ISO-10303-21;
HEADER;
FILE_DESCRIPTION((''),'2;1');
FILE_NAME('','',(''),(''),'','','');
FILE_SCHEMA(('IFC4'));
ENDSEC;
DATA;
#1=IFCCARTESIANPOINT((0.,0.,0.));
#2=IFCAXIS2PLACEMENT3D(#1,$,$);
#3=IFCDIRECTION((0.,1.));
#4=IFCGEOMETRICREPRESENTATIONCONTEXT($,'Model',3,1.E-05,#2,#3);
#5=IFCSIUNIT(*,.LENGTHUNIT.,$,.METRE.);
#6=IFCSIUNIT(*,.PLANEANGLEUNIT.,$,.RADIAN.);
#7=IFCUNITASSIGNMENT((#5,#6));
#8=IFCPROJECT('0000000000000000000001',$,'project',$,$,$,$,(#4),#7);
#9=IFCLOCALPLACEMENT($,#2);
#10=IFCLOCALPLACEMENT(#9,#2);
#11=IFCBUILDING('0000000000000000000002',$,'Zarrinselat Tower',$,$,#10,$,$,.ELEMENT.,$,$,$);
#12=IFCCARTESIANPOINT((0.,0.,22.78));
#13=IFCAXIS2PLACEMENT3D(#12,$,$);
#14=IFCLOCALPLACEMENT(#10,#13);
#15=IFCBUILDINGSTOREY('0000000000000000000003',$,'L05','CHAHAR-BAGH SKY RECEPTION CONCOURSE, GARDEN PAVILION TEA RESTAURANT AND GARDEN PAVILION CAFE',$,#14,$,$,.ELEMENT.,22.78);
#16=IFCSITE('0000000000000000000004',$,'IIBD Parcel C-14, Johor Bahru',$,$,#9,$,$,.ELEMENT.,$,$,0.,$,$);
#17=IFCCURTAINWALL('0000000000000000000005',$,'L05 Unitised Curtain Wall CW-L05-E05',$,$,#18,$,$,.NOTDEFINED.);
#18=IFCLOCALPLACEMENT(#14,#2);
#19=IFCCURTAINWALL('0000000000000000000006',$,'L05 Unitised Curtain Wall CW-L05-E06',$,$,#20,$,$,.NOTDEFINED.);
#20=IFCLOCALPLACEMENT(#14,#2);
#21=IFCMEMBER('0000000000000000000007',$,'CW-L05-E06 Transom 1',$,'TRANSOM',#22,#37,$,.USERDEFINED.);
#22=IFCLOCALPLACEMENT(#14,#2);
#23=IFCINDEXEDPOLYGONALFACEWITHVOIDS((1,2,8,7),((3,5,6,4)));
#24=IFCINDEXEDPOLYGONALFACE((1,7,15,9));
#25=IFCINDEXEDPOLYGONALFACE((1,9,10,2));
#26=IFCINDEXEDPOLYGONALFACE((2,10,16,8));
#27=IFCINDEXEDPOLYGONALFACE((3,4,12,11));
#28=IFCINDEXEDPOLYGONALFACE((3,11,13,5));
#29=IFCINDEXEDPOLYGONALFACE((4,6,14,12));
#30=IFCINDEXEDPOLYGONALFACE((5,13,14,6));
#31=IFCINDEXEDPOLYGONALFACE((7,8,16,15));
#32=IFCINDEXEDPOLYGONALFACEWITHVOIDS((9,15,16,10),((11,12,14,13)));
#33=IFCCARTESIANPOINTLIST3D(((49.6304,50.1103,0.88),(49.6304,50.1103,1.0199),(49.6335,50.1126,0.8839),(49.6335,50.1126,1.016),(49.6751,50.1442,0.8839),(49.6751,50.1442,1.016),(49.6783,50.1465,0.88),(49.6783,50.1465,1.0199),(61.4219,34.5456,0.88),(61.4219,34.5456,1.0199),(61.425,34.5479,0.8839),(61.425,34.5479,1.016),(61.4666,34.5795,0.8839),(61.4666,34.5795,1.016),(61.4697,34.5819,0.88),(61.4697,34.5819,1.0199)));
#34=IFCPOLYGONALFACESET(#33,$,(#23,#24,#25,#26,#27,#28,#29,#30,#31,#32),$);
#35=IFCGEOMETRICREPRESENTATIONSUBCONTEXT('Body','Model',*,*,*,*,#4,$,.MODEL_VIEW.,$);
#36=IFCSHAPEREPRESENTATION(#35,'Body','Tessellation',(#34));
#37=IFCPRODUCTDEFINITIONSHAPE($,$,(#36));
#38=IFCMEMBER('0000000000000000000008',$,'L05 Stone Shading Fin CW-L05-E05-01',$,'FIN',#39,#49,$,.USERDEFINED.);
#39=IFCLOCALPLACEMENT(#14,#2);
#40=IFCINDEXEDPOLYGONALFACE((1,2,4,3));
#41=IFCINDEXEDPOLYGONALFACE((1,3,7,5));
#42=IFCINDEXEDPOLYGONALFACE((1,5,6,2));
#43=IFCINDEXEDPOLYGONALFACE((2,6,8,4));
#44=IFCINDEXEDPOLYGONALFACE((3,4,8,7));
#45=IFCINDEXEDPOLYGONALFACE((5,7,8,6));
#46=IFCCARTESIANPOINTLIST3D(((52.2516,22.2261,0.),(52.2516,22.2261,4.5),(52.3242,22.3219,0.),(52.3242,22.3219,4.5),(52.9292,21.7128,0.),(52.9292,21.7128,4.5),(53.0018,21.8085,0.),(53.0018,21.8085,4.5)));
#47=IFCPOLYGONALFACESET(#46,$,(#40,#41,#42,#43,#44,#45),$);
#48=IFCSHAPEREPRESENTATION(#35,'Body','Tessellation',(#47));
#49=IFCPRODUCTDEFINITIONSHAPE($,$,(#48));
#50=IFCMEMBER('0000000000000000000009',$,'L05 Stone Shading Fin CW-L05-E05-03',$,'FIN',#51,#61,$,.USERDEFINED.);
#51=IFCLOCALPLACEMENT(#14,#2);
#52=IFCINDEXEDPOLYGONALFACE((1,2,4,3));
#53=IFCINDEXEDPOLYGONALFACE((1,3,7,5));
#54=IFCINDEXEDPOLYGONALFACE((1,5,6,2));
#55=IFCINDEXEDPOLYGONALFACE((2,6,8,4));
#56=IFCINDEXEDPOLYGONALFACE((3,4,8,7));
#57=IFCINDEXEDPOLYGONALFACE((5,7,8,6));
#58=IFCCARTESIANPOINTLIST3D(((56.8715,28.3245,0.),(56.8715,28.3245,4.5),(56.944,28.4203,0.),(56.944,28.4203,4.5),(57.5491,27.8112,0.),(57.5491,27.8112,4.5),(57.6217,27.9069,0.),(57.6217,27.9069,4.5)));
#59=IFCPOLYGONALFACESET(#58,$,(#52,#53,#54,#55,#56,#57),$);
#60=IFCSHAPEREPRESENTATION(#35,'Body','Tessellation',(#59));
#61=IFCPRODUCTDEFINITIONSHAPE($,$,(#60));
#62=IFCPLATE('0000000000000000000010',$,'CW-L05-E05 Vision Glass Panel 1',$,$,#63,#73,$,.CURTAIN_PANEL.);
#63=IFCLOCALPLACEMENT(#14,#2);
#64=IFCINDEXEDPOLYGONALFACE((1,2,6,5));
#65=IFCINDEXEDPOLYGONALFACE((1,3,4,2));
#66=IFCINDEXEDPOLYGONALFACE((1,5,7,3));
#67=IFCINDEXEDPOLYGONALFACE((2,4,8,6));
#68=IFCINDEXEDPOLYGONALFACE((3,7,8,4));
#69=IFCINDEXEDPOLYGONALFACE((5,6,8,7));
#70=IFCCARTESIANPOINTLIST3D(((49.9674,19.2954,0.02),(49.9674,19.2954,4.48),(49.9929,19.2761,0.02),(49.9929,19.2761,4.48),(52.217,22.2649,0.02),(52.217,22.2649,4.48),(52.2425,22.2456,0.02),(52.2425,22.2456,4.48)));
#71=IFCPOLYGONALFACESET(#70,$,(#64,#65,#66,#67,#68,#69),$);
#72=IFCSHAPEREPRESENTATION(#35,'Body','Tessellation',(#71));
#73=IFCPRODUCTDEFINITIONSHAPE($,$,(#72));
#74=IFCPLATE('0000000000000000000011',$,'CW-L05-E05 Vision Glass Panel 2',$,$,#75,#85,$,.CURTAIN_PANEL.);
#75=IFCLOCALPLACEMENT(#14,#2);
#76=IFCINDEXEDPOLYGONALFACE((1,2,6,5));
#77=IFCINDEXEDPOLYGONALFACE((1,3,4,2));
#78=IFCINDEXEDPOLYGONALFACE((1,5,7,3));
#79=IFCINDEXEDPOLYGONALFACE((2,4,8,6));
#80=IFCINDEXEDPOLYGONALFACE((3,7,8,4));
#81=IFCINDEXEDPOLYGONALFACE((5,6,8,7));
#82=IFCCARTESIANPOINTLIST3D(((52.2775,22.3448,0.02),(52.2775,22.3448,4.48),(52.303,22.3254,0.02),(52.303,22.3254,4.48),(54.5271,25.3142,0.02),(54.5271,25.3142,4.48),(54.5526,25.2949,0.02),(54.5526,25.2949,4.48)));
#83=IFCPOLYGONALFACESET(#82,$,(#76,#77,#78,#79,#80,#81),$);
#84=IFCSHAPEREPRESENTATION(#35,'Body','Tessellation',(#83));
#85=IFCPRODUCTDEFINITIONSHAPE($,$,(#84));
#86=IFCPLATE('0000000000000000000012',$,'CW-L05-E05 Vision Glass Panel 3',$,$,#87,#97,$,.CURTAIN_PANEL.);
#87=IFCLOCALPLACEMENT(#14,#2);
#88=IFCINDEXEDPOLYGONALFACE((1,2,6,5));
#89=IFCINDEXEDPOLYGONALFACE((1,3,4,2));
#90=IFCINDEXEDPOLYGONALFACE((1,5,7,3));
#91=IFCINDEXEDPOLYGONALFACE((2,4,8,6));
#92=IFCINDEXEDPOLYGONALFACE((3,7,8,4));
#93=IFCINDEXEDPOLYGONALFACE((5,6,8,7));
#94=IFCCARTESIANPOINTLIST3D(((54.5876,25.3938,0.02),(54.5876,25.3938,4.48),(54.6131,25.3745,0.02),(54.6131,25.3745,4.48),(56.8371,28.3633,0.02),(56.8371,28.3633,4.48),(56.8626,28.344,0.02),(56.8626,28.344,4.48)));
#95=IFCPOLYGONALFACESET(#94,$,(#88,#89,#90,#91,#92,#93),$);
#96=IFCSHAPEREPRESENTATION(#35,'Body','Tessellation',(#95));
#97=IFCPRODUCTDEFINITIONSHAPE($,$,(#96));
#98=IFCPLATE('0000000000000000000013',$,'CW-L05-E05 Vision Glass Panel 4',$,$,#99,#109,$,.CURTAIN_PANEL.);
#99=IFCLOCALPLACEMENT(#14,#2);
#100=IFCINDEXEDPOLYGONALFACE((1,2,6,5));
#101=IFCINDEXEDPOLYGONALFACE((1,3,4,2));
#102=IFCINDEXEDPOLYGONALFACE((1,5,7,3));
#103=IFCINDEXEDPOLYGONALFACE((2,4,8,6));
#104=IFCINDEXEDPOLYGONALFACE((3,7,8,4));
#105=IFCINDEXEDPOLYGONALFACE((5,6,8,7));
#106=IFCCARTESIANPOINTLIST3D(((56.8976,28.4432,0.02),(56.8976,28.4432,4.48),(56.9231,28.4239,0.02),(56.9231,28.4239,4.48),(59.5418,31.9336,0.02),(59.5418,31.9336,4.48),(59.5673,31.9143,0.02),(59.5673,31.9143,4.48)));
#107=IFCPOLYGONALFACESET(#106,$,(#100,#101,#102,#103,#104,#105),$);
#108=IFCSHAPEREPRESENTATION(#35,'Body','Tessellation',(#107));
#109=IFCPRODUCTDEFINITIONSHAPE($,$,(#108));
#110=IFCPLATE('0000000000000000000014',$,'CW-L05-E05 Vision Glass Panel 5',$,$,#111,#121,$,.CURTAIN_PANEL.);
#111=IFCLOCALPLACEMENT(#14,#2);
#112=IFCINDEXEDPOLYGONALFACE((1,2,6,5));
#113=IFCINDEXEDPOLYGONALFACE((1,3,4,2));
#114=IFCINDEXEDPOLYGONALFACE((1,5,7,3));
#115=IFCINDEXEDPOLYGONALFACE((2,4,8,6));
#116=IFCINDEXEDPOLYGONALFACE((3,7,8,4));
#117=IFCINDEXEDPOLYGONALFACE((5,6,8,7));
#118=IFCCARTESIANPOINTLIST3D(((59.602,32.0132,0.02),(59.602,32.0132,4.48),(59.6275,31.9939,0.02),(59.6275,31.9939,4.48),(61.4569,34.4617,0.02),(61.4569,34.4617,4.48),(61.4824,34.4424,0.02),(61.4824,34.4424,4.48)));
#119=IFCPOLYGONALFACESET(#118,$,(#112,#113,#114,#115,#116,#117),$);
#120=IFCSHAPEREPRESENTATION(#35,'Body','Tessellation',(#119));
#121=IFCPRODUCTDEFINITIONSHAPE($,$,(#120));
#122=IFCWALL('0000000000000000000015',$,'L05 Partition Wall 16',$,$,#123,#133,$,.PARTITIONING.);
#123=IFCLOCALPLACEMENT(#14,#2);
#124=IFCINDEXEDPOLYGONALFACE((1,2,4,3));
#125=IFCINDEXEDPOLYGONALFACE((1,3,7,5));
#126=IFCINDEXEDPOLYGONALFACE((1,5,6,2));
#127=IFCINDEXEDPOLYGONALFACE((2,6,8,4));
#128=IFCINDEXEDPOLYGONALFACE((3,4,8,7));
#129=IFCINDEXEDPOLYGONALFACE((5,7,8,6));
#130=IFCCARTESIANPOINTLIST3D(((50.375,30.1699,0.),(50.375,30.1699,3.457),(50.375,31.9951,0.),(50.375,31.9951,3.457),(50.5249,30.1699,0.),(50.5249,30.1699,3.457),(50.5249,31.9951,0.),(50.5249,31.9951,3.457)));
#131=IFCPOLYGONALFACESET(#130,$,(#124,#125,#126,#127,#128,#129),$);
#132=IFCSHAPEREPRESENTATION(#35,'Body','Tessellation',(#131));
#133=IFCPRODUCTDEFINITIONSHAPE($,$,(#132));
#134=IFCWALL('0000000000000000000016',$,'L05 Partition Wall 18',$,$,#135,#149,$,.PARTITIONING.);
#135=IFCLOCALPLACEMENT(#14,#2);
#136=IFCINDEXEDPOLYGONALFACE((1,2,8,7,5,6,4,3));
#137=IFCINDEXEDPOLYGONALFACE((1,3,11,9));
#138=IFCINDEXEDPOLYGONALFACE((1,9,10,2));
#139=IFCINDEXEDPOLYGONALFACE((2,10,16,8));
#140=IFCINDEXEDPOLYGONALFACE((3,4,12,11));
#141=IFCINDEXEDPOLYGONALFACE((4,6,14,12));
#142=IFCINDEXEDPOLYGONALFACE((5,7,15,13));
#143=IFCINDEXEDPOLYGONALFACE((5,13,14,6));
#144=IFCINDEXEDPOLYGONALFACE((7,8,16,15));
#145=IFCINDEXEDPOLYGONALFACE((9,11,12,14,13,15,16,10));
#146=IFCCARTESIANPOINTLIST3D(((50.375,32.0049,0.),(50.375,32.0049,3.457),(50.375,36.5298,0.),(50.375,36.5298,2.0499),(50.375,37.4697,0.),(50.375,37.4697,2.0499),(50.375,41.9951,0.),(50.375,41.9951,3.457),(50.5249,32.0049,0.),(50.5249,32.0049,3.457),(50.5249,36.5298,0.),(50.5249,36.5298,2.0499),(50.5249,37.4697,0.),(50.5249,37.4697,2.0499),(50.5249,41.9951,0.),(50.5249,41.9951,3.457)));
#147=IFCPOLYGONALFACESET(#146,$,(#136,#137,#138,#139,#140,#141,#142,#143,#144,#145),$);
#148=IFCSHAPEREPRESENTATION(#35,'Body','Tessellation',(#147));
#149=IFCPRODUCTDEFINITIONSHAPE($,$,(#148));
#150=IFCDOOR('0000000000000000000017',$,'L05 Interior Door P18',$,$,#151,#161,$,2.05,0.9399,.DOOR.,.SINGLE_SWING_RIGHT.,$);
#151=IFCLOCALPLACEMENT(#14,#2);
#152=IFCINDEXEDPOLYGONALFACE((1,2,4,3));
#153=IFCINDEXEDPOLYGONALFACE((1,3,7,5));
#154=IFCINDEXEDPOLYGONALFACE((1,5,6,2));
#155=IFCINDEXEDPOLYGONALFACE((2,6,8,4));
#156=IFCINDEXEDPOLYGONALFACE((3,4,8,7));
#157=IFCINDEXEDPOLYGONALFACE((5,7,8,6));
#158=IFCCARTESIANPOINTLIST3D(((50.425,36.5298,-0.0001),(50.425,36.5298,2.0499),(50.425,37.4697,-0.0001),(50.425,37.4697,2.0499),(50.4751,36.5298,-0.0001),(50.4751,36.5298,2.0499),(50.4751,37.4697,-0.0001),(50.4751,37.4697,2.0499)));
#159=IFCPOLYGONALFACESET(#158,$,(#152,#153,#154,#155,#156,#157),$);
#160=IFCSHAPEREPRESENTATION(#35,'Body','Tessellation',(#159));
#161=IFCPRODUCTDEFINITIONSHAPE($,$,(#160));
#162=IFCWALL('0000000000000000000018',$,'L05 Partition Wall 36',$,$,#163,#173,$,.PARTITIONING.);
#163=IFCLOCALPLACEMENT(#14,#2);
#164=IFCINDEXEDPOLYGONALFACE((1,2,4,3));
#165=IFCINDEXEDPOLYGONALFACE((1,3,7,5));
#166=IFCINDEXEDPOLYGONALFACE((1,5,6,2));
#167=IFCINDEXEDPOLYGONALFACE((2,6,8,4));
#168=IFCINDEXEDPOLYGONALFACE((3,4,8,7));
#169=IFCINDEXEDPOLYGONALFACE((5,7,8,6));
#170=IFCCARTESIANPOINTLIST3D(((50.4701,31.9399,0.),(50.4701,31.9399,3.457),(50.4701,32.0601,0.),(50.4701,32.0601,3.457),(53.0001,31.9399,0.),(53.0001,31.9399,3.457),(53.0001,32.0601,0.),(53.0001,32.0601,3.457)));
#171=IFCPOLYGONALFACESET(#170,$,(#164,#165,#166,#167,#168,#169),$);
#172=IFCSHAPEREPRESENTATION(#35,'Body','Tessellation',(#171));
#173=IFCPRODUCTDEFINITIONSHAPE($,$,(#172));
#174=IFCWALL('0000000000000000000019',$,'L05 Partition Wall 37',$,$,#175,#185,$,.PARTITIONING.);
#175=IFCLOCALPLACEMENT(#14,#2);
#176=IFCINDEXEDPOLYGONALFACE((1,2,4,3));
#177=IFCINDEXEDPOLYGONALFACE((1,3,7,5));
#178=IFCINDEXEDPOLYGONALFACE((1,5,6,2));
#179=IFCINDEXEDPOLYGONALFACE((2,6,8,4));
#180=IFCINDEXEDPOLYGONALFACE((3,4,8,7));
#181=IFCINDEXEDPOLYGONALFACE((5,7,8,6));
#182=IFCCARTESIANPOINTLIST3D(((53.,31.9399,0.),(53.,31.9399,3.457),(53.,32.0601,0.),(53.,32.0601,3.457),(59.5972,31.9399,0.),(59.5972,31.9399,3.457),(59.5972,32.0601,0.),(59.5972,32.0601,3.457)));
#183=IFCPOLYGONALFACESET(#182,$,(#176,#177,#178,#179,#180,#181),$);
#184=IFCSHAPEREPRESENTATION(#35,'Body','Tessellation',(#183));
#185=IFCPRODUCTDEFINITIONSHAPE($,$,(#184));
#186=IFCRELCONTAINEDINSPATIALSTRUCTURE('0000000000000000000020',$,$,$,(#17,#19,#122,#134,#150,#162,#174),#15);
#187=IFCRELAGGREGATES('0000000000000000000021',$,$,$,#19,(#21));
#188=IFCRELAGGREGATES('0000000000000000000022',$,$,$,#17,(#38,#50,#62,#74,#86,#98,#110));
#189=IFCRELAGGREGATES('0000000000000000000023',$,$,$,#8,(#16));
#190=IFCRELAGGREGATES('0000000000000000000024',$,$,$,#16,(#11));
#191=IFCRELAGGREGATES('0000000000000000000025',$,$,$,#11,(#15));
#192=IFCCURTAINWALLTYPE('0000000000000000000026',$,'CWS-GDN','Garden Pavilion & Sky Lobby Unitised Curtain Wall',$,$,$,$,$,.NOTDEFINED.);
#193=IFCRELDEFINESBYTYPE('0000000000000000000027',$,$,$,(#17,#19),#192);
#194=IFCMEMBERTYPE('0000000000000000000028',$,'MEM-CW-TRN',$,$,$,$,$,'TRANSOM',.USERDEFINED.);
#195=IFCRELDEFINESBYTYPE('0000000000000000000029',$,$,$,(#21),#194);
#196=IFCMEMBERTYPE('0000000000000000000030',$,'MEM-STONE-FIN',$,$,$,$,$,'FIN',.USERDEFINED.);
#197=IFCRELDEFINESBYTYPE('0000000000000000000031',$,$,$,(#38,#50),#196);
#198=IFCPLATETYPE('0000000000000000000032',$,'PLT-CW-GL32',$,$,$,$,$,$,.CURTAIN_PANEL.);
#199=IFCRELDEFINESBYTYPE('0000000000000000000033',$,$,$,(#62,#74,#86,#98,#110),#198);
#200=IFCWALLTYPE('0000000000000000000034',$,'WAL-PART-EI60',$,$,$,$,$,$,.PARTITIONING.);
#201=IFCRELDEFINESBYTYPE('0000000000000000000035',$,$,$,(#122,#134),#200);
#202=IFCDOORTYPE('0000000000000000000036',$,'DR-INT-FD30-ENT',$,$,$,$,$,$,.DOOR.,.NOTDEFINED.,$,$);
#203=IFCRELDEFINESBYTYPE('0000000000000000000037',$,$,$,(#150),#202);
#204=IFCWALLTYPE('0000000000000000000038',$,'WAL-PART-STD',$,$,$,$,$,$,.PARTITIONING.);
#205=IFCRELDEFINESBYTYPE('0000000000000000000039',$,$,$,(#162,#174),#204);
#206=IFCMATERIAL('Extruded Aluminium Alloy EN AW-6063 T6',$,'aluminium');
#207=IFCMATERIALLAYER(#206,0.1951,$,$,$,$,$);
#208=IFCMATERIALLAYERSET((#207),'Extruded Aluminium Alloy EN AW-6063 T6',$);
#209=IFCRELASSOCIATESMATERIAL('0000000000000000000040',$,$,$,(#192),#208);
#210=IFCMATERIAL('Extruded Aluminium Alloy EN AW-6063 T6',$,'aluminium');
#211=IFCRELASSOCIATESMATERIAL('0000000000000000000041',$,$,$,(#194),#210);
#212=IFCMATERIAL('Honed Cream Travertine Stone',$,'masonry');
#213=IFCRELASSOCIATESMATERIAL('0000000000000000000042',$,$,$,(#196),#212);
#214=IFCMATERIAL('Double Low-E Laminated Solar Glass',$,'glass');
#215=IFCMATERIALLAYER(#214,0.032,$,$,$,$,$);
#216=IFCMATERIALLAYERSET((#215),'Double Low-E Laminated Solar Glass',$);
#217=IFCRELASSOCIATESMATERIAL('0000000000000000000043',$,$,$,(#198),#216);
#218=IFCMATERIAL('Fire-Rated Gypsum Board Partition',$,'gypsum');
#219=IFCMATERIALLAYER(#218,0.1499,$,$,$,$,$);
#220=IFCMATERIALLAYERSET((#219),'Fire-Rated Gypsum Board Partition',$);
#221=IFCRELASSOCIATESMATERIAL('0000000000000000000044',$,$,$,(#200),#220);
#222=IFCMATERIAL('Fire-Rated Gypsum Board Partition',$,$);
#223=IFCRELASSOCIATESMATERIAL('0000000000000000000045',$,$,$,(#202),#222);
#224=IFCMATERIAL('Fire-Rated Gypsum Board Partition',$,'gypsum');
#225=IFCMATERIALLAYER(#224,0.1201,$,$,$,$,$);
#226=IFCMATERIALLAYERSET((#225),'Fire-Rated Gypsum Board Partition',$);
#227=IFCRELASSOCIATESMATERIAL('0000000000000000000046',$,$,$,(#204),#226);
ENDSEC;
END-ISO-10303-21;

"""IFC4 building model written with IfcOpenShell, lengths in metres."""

from ifc_helpers import new_model, si_unit, direction, frame, frame_2d, origin, origin_2d, place, context, subcontext, project, spatial, rectangle, hollow_rectangle, extrude, material, layer, layer_set, material_profile, profile_set, type_object, element, fill, aggregate, save


model = new_model("IFC4")

# Units and contexts
model_context = context("Model", 3, precision=1e-05, world=origin(), true_north=direction((0.0, 1.0)))
body_context = subcontext(model_context, "Body", "Model", "MODEL_VIEW")
ifc_project = project(units=[si_unit("LENGTHUNIT", "METRE"), si_unit("PLANEANGLEUNIT", "RADIAN")], contexts=[model_context])

# Site, building, storey
site_placement = place(None, origin())
site = spatial("IfcSite", under=ifc_project, at=site_placement, Name="IIBD Parcel C-14, Johor Bahru", CompositionType="ELEMENT", RefElevation=0.0)
building_placement = place(site_placement, origin())
building = spatial("IfcBuilding", under=site, at=building_placement, Name="Zarrinselat Tower", CompositionType="ELEMENT")
storey_placement = place(building_placement, frame((0.0, 0.0, 22.78)))
storey = spatial("IfcBuildingStorey", under=building, at=storey_placement, Name="L05", Description="CHAHAR-BAGH SKY RECEPTION CONCOURSE, GARDEN PAVILION TEA RESTAURANT AND GARDEN PAVILION CAFE", CompositionType="ELEMENT", Elevation=22.78)

# Shared definitions
ifc_material_1 = material(Name="Extruded Aluminium Alloy EN AW-6063 T6", Category="aluminium")
ifc_layer_1 = layer(ifc_material_1, 0.1951)
ifc_layer_set_1 = layer_set([ifc_layer_1], Name="Extruded Aluminium Alloy EN AW-6063 T6")
curtain_wall_type = type_object("IfcCurtainWallType", Name="CWS-GDN", Description="Garden Pavilion & Sky Lobby Unitised Curtain Wall", PredefinedType="NOTDEFINED", material=ifc_layer_set_1)

# Curtain wall
curtain_wall_1_placement = place(storey_placement, origin())
curtain_wall_1 = element("IfcCurtainWall", 1, at=curtain_wall_1_placement, inside=storey, type_object=curtain_wall_type, Name="L05 Unitised Curtain Wall CW-L05-E05", PredefinedType="NOTDEFINED")
ifc_material_2 = material(Name="Extruded Aluminium Alloy EN AW-6063 T6", Category="aluminium")
ifc_material_profile_1 = material_profile(ifc_material_2, hollow_rectangle(XDim=0.0601, YDim=0.1399, WallThickness=0.0039, at=origin_2d()), Name="RHS 140x60x4")
ifc_profile_set_1 = profile_set([ifc_material_profile_1], Name="Extruded Aluminium Alloy EN AW-6063 T6")
member_type_1 = type_object("IfcMemberType", Name="MEM-CW-TRN", ElementType="TRANSOM", PredefinedType="USERDEFINED", material=ifc_profile_set_1)

# Curtain wall, member
curtain_wall_2_placement = place(storey_placement, origin())
curtain_wall_2 = element("IfcCurtainWall", 2, at=curtain_wall_2_placement, inside=storey, type_object=curtain_wall_type, Name="L05 Unitised Curtain Wall CW-L05-E06", PredefinedType="NOTDEFINED")
member_1_placement = place(storey_placement, frame((61.4458, 34.5637, 0.95), z_axis=(-0.60386, 0.797091, 0.0), x_axis=(-0.797091, -0.60386, 0.0)))
member_1 = element("IfcMember", 3, at=member_1_placement, type_object=member_type_1, Name="CW-L05-E06 Transom 1", ObjectType="TRANSOM", PredefinedType="USERDEFINED", context=body_context, shape_type="SweptSolid", body=[
    extrude(hollow_rectangle(XDim=0.0601, YDim=0.1399, WallThickness=0.0039, at=origin_2d()), origin(), (0.0, 0.0, 1.0), 19.5269),
])
aggregate(curtain_wall_2, [member_1])

# Members
ifc_material_3 = material(Name="Honed Cream Travertine Stone", Category="masonry")
ifc_material_profile_2 = material_profile(ifc_material_3, rectangle(XDim=0.1201, YDim=0.8501, at=origin_2d()), Name="FIN 850x120")
ifc_profile_set_2 = profile_set([ifc_material_profile_2], Name="Honed Cream Travertine Stone")
member_type_2 = type_object("IfcMemberType", Name="MEM-STONE-FIN", ElementType="FIN", PredefinedType="USERDEFINED", material=ifc_profile_set_2)
member_2_placement = place(storey_placement, frame((52.6267, 22.0173, 0.0), z_axis=(0.0, 0.0, 1.0), x_axis=(-0.603858, -0.797092, 0.0)))
member_2 = element("IfcMember", 4, at=member_2_placement, type_object=member_type_2, Name="L05 Stone Shading Fin CW-L05-E05-01", ObjectType="FIN", PredefinedType="USERDEFINED", context=body_context, shape_type="SweptSolid", body=[
    extrude(rectangle(XDim=0.1201, YDim=0.8501, at=origin_2d()), origin(), (0.0, 0.0, 1.0), 4.5),
])
member_3_placement = place(storey_placement, frame((57.2466, 28.1157, 0.0), z_axis=(0.0, 0.0, 1.0), x_axis=(-0.603858, -0.797092, 0.0)))
member_3 = element("IfcMember", 5, at=member_3_placement, type_object=member_type_2, Name="L05 Stone Shading Fin CW-L05-E05-03", ObjectType="FIN", PredefinedType="USERDEFINED", context=body_context, shape_type="SweptSolid", body=[
    extrude(rectangle(XDim=0.1201, YDim=0.8501, at=origin_2d()), origin(), (0.0, 0.0, 1.0), 4.5),
])

# Plates
ifc_material_4 = material(Name="Double Low-E Laminated Solar Glass", Category="glass")
ifc_layer_2 = layer(ifc_material_4, 0.032)
ifc_layer_set_2 = layer_set([ifc_layer_2], Name="Double Low-E Laminated Solar Glass")
plate_type = type_object("IfcPlateType", Name="PLT-CW-GL32", PredefinedType="CURTAIN_PANEL", material=ifc_layer_set_2)
plate_1_placement = place(storey_placement, frame((51.105, 20.7705, 0.02), z_axis=(0.0, 0.0, 1.0), x_axis=(0.603858, 0.797092, 0.0)))
plate_1 = element("IfcPlate", 6, at=plate_1_placement, type_object=plate_type, Name="CW-L05-E05 Vision Glass Panel 1", PredefinedType="CURTAIN_PANEL", context=body_context, shape_type="SweptSolid", body=[
    extrude(rectangle(XDim=3.7253, YDim=0.032, at=origin_2d()), origin(), (0.0, 0.0, 1.0), 4.46),
])
plate_2_placement = place(storey_placement, frame((53.415, 23.8198, 0.02), z_axis=(0.0, 0.0, 1.0), x_axis=(0.603858, 0.797092, 0.0)))
plate_2 = element("IfcPlate", 7, at=plate_2_placement, type_object=plate_type, Name="CW-L05-E05 Vision Glass Panel 2", PredefinedType="CURTAIN_PANEL", context=body_context, shape_type="SweptSolid", body=[
    extrude(rectangle(XDim=3.7253, YDim=0.032, at=origin_2d()), origin(), (0.0, 0.0, 1.0), 4.46),
])
plate_3_placement = place(storey_placement, frame((55.7251, 26.8689, 0.02), z_axis=(0.0, 0.0, 1.0), x_axis=(0.603858, 0.797092, 0.0)))
plate_3 = element("IfcPlate", 8, at=plate_3_placement, type_object=plate_type, Name="CW-L05-E05 Vision Glass Panel 3", PredefinedType="CURTAIN_PANEL", context=body_context, shape_type="SweptSolid", body=[
    extrude(rectangle(XDim=3.7253, YDim=0.032, at=origin_2d()), origin(), (0.0, 0.0, 1.0), 4.46),
])
plate_4_placement = place(storey_placement, frame((58.2324, 30.1787, 0.02), z_axis=(0.0, 0.0, 1.0), x_axis=(0.603858, 0.797092, 0.0)))
plate_4 = element("IfcPlate", 9, at=plate_4_placement, type_object=plate_type, Name="CW-L05-E05 Vision Glass Panel 4", PredefinedType="CURTAIN_PANEL", context=body_context, shape_type="SweptSolid", body=[
    extrude(rectangle(XDim=4.3789, YDim=0.032, at=origin_2d()), origin(), (0.0, 0.0, 1.0), 4.46),
])
plate_5_placement = place(storey_placement, frame((60.5422, 33.2278, 0.02), z_axis=(0.0, 0.0, 1.0), x_axis=(0.603858, 0.797092, 0.0)))
plate_5 = element("IfcPlate", 10, at=plate_5_placement, type_object=plate_type, Name="CW-L05-E05 Vision Glass Panel 5", PredefinedType="CURTAIN_PANEL", context=body_context, shape_type="SweptSolid", body=[
    extrude(rectangle(XDim=3.0718, YDim=0.032, at=origin_2d()), origin(), (0.0, 0.0, 1.0), 4.46),
])
aggregate(curtain_wall_1, [member_2, member_3, plate_1, plate_2, plate_3, plate_4, plate_5])

# Wall
ifc_material_5 = material(Name="Fire-Rated Gypsum Board Partition", Category="gypsum")
ifc_layer_3 = layer(ifc_material_5, 0.1499)
ifc_layer_set_3 = layer_set([ifc_layer_3], Name="Fire-Rated Gypsum Board Partition")
wall_type_1 = type_object("IfcWallType", Name="WAL-PART-EI60", PredefinedType="PARTITIONING", material=ifc_layer_set_3)
wall_1_placement = place(storey_placement, frame((50.45, 30.1699, 0.0), z_axis=(0.0, 0.0, 1.0), x_axis=(0.0, 1.0, 0.0)))
element("IfcWall", 11, at=wall_1_placement, inside=storey, type_object=wall_type_1, Name="L05 Partition Wall 16", PredefinedType="PARTITIONING", context=body_context, shape_type="SweptSolid", body=[
    extrude(rectangle(XDim=1.8252, YDim=0.1499, at=frame_2d((0.9126, 0.0))), origin(), (0.0, 0.0, 1.0), 3.457),
])

# Wall, opening, door
wall_2_placement = place(storey_placement, frame((50.45, 32.0049, 0.0), z_axis=(0.0, 0.0, 1.0), x_axis=(0.0, 1.0, 0.0)))
wall_2 = element("IfcWall", 12, at=wall_2_placement, inside=storey, type_object=wall_type_1, Name="L05 Partition Wall 18", PredefinedType="PARTITIONING", context=body_context, shape_type="SweptSolid", body=[
    extrude(rectangle(XDim=9.9902, YDim=0.1499, at=frame_2d((4.9951, 0.0))), origin(), (0.0, 0.0, 1.0), 3.457),
])
opening_placement = place(wall_2_placement, frame((4.5249, 0.0, 0.0)))
opening = element("IfcOpeningElement", 13, at=opening_placement, cuts=wall_2, PredefinedType="OPENING", context=body_context, shape_type="SweptSolid", body=[
    extrude(rectangle(XDim=0.9399, YDim=2.05, at=frame_2d((0.47, 1.0249))), frame((0.0, 0.085, 0.0), z_axis=(0.0, -1.0, 0.0), x_axis=(1.0, 0.0, 0.0)), (0.0, 0.0, 1.0), 0.1699),
])
ifc_material_6 = material(Name="Fire-Rated Gypsum Board Partition")
door_type = type_object("IfcDoorType", Name="DR-INT-FD30-ENT", OperationType="NOTDEFINED", PredefinedType="DOOR", material=ifc_material_6)
door_placement = place(opening_placement, origin())
door = element("IfcDoor", 14, at=door_placement, inside=storey, type_object=door_type, Name="L05 Interior Door P18", OperationType="SINGLE_SWING_RIGHT", OverallHeight=2.05, OverallWidth=0.9399, PredefinedType="DOOR", context=body_context, shape_type="SweptSolid", body=[
    extrude(rectangle(XDim=0.9399, YDim=2.05, at=frame_2d((0.47, 1.0249))), frame((0.0, 0.0249, 0.0), z_axis=(0.0, -1.0, 0.0), x_axis=(1.0, 0.0, 0.0)), (0.0, 0.0, 1.0), 0.05),
])
fill(opening, door)

# Walls
ifc_material_7 = material(Name="Fire-Rated Gypsum Board Partition", Category="gypsum")
ifc_layer_4 = layer(ifc_material_7, 0.1201)
ifc_layer_set_4 = layer_set([ifc_layer_4], Name="Fire-Rated Gypsum Board Partition")
wall_type_2 = type_object("IfcWallType", Name="WAL-PART-STD", PredefinedType="PARTITIONING", material=ifc_layer_set_4)
wall_3_placement = place(storey_placement, frame((50.47, 32.0, 0.0), z_axis=(0.0, 0.0, 1.0), x_axis=(1.0, 0.0, 0.0)))
element("IfcWall", 15, at=wall_3_placement, inside=storey, type_object=wall_type_2, Name="L05 Partition Wall 36", PredefinedType="PARTITIONING", context=body_context, shape_type="SweptSolid", body=[
    extrude(rectangle(XDim=2.53, YDim=0.1201, at=frame_2d((1.2651, 0.0))), origin(), (0.0, 0.0, 1.0), 3.457),
])
wall_4_placement = place(storey_placement, frame((53.0, 32.0, 0.0), z_axis=(0.0, 0.0, 1.0), x_axis=(1.0, 0.0, 0.0)))
element("IfcWall", 16, at=wall_4_placement, inside=storey, type_object=wall_type_2, Name="L05 Partition Wall 37", PredefinedType="PARTITIONING", context=body_context, shape_type="SweptSolid", body=[
    extrude(rectangle(XDim=6.5972, YDim=0.1201, at=frame_2d((3.2986, 0.0))), origin(), (0.0, 0.0, 1.0), 3.457),
])

save(model, "model.ifc")
